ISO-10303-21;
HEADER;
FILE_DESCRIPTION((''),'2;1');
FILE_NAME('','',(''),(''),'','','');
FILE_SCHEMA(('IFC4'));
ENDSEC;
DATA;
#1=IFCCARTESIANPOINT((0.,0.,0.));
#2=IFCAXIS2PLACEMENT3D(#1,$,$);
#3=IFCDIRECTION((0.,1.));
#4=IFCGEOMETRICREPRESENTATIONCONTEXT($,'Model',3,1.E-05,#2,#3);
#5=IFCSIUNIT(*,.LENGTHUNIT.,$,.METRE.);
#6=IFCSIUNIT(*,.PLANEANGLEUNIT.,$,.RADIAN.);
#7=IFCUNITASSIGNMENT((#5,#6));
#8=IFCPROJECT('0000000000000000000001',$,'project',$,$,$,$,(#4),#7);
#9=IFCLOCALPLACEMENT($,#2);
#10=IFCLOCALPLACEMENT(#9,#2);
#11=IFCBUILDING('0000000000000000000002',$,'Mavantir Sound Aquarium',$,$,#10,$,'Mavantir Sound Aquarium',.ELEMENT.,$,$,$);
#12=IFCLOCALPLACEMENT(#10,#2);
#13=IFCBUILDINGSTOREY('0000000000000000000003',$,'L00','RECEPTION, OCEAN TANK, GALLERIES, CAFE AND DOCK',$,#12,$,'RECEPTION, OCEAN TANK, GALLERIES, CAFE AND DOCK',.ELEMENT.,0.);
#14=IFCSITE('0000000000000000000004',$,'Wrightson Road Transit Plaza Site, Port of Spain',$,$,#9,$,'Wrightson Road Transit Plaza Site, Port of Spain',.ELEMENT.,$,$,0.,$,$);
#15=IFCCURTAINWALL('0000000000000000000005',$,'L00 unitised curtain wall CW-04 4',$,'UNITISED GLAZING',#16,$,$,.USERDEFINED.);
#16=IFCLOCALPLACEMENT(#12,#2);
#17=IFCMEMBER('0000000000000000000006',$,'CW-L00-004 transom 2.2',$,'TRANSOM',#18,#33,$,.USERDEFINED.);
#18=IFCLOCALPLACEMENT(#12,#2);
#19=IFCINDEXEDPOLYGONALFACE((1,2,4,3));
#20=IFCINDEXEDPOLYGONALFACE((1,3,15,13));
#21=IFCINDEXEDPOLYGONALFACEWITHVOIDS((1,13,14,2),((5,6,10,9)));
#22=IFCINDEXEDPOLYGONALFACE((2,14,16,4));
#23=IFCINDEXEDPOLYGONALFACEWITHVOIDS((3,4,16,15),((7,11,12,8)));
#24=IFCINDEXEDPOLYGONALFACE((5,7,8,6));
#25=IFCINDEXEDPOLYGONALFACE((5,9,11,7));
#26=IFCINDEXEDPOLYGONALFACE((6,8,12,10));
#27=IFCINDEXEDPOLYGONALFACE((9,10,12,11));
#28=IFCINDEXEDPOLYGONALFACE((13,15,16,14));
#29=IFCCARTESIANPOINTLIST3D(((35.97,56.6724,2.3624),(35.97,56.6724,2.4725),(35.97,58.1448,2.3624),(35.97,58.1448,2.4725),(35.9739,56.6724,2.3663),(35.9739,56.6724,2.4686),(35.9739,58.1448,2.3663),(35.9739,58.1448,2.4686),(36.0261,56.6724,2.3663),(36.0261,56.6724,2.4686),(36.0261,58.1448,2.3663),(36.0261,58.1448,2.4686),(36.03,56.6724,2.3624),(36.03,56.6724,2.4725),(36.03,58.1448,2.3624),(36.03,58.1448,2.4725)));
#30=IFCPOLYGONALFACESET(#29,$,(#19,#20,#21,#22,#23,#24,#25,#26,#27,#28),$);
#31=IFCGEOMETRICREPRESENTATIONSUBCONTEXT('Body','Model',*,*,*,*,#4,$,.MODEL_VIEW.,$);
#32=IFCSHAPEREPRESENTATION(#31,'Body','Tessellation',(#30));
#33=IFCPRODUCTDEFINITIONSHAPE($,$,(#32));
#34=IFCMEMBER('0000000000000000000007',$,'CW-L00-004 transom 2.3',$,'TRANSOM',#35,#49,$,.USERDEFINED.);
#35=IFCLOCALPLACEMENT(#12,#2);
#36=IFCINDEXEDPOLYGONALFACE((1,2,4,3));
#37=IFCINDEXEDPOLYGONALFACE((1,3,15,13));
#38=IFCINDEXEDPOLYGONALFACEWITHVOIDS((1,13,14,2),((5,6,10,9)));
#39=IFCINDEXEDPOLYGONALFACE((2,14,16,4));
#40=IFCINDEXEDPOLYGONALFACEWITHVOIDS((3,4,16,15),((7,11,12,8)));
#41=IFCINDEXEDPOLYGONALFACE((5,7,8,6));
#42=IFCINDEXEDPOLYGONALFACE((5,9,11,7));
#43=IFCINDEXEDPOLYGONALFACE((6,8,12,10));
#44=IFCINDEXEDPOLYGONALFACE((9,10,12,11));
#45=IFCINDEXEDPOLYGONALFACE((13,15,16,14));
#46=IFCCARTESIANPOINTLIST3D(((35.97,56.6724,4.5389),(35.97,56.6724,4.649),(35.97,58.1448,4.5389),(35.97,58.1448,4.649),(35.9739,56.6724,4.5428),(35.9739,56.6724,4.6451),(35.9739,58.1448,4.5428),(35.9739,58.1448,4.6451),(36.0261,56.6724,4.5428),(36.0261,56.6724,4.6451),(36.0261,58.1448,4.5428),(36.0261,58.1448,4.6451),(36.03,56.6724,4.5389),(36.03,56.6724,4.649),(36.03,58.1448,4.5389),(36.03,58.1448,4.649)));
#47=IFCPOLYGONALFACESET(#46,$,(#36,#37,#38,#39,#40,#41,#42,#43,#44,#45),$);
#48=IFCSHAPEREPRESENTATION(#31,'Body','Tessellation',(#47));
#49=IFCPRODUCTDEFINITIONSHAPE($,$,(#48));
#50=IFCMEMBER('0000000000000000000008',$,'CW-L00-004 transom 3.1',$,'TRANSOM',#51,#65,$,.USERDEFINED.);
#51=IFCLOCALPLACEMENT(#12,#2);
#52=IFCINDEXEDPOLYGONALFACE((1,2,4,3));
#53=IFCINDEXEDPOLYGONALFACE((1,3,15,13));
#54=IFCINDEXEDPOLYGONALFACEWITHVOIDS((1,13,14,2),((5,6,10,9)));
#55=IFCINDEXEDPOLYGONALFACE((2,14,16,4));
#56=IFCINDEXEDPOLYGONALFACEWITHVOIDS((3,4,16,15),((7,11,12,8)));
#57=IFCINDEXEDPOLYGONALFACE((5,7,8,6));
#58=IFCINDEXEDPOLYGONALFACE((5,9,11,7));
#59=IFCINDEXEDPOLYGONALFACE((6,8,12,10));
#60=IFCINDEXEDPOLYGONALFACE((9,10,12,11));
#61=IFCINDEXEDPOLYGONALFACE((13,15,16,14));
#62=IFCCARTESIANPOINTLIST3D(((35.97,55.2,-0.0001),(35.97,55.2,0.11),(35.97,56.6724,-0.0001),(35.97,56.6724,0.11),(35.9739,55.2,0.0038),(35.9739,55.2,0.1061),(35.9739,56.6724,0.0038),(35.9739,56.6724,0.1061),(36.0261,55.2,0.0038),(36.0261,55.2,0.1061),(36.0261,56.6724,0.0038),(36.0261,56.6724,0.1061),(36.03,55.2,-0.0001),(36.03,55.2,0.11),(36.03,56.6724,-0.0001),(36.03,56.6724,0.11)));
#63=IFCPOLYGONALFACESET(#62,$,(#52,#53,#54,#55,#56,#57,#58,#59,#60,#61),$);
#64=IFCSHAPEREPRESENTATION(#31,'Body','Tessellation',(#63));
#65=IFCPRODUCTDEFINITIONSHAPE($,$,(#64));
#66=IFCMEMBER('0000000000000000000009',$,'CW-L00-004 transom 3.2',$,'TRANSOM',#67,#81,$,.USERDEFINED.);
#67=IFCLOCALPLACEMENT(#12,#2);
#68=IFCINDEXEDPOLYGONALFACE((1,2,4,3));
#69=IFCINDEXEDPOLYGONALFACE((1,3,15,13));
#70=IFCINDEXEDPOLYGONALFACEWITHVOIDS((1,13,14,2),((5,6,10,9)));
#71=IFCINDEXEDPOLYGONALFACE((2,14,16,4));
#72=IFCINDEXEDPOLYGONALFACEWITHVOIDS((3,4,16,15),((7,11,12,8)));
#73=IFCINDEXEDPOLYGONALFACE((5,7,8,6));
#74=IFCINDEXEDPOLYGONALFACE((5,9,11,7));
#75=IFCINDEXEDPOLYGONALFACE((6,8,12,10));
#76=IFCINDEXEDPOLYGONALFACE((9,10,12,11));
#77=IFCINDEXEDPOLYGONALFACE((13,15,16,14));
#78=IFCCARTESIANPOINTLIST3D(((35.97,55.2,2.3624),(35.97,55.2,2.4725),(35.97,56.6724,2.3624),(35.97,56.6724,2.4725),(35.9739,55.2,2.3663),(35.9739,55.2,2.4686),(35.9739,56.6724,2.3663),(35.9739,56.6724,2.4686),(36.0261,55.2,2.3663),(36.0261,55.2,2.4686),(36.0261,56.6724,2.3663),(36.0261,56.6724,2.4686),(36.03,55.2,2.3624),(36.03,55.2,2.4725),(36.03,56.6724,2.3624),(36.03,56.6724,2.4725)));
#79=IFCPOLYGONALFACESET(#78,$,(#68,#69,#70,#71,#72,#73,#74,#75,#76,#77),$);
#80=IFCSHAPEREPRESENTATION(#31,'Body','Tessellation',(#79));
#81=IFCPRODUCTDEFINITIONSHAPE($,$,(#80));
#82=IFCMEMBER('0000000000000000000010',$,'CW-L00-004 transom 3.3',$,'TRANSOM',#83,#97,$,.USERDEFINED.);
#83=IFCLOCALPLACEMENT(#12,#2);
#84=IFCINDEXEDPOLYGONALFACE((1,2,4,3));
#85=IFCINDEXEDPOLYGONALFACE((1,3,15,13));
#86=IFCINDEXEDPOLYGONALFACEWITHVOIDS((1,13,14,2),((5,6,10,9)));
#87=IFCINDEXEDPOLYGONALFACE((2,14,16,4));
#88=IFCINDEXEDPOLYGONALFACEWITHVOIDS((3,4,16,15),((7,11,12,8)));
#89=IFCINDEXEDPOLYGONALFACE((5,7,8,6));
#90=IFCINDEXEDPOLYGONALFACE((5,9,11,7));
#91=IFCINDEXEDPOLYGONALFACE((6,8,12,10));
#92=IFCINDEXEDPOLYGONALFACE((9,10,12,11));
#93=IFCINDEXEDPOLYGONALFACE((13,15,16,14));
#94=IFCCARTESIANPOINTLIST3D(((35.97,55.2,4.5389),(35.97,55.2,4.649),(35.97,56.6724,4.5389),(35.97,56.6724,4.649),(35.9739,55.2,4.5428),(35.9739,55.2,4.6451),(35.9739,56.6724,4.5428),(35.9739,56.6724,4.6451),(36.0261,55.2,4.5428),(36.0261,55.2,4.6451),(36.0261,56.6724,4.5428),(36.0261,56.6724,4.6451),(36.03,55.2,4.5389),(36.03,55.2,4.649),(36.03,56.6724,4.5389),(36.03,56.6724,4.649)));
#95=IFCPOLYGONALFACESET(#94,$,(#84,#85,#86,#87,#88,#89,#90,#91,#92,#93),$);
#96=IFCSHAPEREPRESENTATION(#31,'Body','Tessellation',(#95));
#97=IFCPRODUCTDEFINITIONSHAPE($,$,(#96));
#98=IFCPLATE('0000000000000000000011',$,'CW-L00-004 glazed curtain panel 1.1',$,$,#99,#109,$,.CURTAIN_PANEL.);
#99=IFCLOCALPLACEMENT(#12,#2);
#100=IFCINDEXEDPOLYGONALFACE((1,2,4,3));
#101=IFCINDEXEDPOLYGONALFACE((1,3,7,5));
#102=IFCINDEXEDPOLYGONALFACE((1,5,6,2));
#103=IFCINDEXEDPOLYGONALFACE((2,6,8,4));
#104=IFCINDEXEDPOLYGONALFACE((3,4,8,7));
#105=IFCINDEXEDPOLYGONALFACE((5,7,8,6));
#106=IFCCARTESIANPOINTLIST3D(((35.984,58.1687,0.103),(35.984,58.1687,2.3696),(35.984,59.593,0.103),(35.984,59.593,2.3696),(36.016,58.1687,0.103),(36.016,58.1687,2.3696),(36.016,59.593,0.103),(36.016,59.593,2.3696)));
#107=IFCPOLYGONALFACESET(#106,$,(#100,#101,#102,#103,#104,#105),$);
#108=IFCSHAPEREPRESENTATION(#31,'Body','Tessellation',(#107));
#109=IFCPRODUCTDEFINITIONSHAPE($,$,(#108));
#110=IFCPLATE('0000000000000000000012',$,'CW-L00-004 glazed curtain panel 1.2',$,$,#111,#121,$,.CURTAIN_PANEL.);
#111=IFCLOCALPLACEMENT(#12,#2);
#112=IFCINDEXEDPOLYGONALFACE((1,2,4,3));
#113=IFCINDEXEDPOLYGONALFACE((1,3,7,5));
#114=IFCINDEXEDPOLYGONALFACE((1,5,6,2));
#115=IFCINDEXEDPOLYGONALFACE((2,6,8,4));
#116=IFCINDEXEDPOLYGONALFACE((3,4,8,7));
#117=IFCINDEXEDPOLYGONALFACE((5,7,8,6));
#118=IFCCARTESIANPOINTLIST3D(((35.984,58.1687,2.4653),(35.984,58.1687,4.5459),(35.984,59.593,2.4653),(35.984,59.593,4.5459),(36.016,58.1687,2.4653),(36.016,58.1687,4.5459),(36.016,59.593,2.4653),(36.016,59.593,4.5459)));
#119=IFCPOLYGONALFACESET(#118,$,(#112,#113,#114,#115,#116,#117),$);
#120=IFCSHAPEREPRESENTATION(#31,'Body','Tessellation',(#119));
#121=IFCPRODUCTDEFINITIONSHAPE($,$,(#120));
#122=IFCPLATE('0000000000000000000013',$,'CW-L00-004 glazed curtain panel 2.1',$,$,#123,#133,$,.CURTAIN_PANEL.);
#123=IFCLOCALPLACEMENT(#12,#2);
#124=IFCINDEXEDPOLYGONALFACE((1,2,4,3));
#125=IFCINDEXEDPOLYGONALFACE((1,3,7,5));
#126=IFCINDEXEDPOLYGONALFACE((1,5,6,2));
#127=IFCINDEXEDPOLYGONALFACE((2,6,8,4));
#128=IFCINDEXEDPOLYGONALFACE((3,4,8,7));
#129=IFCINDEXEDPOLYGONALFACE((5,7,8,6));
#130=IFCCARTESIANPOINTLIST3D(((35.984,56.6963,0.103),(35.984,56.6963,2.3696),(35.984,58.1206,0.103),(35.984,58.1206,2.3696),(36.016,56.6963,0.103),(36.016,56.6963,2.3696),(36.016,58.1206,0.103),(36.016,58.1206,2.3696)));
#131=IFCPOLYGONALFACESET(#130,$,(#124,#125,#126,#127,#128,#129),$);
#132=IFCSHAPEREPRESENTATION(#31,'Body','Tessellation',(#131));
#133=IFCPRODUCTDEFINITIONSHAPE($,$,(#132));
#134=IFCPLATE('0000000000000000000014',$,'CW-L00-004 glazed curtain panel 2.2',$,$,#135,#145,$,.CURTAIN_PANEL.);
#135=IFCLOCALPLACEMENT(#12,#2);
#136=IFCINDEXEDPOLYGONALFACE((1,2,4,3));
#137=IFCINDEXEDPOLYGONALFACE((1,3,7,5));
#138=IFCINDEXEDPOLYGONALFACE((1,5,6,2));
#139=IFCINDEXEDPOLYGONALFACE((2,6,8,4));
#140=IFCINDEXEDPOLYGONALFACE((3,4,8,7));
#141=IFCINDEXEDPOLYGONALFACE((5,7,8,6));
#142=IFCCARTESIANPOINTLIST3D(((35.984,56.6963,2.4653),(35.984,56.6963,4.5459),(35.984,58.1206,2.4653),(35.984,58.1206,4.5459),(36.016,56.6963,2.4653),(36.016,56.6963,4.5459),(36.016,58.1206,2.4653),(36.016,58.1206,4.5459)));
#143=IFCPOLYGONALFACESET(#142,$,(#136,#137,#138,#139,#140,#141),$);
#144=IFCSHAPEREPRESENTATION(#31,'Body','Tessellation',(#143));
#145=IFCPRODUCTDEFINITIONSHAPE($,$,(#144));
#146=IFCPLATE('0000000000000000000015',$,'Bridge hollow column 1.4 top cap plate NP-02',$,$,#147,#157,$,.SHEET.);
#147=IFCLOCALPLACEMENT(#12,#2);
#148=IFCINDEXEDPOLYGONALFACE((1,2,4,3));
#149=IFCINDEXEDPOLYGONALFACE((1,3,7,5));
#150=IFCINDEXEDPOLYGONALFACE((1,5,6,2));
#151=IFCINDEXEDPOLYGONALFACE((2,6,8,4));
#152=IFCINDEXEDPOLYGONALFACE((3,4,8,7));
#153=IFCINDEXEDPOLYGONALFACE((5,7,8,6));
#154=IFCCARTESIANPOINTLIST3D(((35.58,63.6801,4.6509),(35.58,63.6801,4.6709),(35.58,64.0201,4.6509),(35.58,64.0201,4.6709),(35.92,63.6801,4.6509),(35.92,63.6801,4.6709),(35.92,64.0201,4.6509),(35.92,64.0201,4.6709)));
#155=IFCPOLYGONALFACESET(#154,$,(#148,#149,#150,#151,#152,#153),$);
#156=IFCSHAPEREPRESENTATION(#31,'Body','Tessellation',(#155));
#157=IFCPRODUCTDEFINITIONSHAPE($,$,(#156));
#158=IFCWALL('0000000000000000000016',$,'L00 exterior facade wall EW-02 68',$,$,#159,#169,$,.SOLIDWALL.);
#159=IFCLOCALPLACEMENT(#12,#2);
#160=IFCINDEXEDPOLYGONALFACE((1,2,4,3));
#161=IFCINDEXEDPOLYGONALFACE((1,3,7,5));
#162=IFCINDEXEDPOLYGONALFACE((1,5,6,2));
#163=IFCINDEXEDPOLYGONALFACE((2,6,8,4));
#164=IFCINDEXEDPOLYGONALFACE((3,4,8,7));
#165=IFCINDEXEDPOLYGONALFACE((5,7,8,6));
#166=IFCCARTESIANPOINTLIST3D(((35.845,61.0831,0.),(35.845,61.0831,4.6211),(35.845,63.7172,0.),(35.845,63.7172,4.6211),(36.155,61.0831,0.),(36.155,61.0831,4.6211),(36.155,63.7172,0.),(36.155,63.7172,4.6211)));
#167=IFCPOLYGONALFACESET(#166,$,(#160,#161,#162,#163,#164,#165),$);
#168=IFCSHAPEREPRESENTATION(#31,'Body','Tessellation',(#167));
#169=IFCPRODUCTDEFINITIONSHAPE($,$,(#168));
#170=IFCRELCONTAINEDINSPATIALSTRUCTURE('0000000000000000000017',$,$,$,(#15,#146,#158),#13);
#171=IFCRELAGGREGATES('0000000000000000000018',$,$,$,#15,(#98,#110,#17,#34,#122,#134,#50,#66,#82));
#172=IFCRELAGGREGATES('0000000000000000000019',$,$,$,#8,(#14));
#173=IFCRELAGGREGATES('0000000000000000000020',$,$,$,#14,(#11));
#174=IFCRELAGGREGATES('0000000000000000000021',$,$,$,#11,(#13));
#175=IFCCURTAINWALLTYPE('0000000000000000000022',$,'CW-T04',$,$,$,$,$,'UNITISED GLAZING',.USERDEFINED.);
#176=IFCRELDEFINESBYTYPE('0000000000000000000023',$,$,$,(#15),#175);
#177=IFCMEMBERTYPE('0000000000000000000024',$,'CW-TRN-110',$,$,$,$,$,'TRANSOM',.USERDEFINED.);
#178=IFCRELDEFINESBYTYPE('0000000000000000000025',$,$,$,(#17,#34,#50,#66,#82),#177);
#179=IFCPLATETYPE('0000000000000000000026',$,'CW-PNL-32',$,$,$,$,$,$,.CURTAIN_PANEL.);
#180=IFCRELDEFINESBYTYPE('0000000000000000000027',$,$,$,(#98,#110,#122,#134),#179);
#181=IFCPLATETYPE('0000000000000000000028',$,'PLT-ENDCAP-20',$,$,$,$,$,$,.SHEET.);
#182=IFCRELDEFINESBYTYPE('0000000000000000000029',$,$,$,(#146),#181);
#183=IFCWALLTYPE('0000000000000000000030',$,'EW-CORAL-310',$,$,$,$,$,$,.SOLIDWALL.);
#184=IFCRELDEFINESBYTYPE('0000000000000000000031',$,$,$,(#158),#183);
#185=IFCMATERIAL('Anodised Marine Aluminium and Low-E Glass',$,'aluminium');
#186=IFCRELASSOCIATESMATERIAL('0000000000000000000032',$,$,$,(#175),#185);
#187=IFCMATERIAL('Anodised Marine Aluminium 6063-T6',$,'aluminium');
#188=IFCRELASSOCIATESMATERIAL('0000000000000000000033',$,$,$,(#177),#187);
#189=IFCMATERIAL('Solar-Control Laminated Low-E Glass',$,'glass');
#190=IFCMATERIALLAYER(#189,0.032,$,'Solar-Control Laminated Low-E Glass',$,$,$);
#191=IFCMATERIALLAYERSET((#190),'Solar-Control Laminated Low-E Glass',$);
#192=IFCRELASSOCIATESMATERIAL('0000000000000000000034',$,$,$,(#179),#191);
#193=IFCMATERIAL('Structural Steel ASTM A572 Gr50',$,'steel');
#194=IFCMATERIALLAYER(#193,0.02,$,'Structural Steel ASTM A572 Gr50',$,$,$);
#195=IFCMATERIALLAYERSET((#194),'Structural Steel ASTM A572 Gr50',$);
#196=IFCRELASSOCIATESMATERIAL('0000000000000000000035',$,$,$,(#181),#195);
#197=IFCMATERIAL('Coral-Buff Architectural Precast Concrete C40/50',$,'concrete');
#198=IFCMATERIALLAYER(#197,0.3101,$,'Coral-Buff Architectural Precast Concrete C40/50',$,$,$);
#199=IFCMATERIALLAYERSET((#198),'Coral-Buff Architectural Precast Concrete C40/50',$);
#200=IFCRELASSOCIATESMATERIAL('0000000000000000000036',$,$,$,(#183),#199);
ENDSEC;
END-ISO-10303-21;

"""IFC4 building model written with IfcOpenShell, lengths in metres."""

from ifc_helpers import new_model, si_unit, direction, frame, frame_2d, origin, origin_2d, place, context, subcontext, project, spatial, rectangle, hollow_rectangle, extrude, material, layer, layer_set, material_profile, profile_set, type_object, element, aggregate, save


model = new_model("IFC4")

# Units and contexts
model_context = context("Model", 3, precision=1e-05, world=origin(), true_north=direction((0.0, 1.0)))
body_context = subcontext(model_context, "Body", "Model", "MODEL_VIEW")
ifc_project = project(units=[si_unit("LENGTHUNIT", "METRE"), si_unit("PLANEANGLEUNIT", "RADIAN")], contexts=[model_context])

# Site, building, storey
site_placement = place(None, origin())
site = spatial("IfcSite", under=ifc_project, at=site_placement, Name="Wrightson Road Transit Plaza Site, Port of Spain", LongName="Wrightson Road Transit Plaza Site, Port of Spain", CompositionType="ELEMENT", RefElevation=0.0)
building_placement = place(site_placement, origin())
building = spatial("IfcBuilding", under=site, at=building_placement, Name="Mavantir Sound Aquarium", LongName="Mavantir Sound Aquarium", CompositionType="ELEMENT")
storey_placement = place(building_placement, origin())
storey = spatial("IfcBuildingStorey", under=building, at=storey_placement, Name="L00", Description="RECEPTION, OCEAN TANK, GALLERIES, CAFE AND DOCK", LongName="RECEPTION, OCEAN TANK, GALLERIES, CAFE AND DOCK", CompositionType="ELEMENT", Elevation=0.0)

# Shared definitions
ifc_material_1 = material(Name="Anodised Marine Aluminium and Low-E Glass", Category="aluminium")
ifc_material_2 = material(Name="Anodised Marine Aluminium 6063-T6", Category="aluminium")

# Curtain wall, members, plates
curtain_wall_type_1 = type_object("IfcCurtainWallType", Name="CW-T04", ElementType="UNITISED GLAZING", PredefinedType="USERDEFINED", material=ifc_material_1)
curtain_wall_1_placement = place(storey_placement, origin())
curtain_wall_1 = element("IfcCurtainWall", 1, at=curtain_wall_1_placement, inside=storey, type_object=curtain_wall_type_1, Name="L00 unitised curtain wall CW-04 4", ObjectType="UNITISED GLAZING", PredefinedType="USERDEFINED")
ifc_material_profile_1 = material_profile(ifc_material_2, hollow_rectangle(XDim=0.0601, YDim=0.1101, WallThickness=0.0039, at=origin_2d()), Name="ALU-TRANSOM-110X60")
ifc_profile_set_1 = profile_set([ifc_material_profile_1], Name="Anodised Marine Aluminium 6063-T6")
member_type_1 = type_object("IfcMemberType", Name="CW-TRN-110", ElementType="TRANSOM", PredefinedType="USERDEFINED", material=ifc_profile_set_1)
member_1_placement = place(storey_placement, frame((36.0, 58.1448, 2.4175), z_axis=(0.0, -1.0, 0.0), x_axis=(1.0, 0.0, 0.0)))
member_1 = element("IfcMember", 2, at=member_1_placement, type_object=member_type_1, Name="CW-L00-004 transom 2.2", ObjectType="TRANSOM", PredefinedType="USERDEFINED", context=body_context, shape_type="SweptSolid", body=[
    extrude(hollow_rectangle(XDim=0.0601, YDim=0.1101, WallThickness=0.0039, at=origin_2d()), origin(), (0.0, 0.0, 1.0), 1.4724),
])
member_2_placement = place(storey_placement, frame((36.0, 58.1448, 4.594), z_axis=(0.0, -1.0, 0.0), x_axis=(1.0, 0.0, 0.0)))
member_2 = element("IfcMember", 3, at=member_2_placement, type_object=member_type_1, Name="CW-L00-004 transom 2.3", ObjectType="TRANSOM", PredefinedType="USERDEFINED", context=body_context, shape_type="SweptSolid", body=[
    extrude(hollow_rectangle(XDim=0.0601, YDim=0.1101, WallThickness=0.0039, at=origin_2d()), origin(), (0.0, 0.0, 1.0), 1.4724),
])
member_3_placement = place(storey_placement, frame((36.0, 56.6724, 0.0549), z_axis=(0.0, -1.0, 0.0), x_axis=(1.0, 0.0, 0.0)))
member_3 = element("IfcMember", 4, at=member_3_placement, type_object=member_type_1, Name="CW-L00-004 transom 3.1", ObjectType="TRANSOM", PredefinedType="USERDEFINED", context=body_context, shape_type="SweptSolid", body=[
    extrude(hollow_rectangle(XDim=0.0601, YDim=0.1101, WallThickness=0.0039, at=origin_2d()), origin(), (0.0, 0.0, 1.0), 1.4724),
])
member_4_placement = place(storey_placement, frame((36.0, 56.6724, 2.4175), z_axis=(0.0, -1.0, 0.0), x_axis=(1.0, 0.0, 0.0)))
member_4 = element("IfcMember", 5, at=member_4_placement, type_object=member_type_1, Name="CW-L00-004 transom 3.2", ObjectType="TRANSOM", PredefinedType="USERDEFINED", context=body_context, shape_type="SweptSolid", body=[
    extrude(hollow_rectangle(XDim=0.0601, YDim=0.1101, WallThickness=0.0039, at=origin_2d()), origin(), (0.0, 0.0, 1.0), 1.4724),
])
member_5_placement = place(storey_placement, frame((36.0, 56.6724, 4.594), z_axis=(0.0, -1.0, 0.0), x_axis=(1.0, 0.0, 0.0)))
member_5 = element("IfcMember", 6, at=member_5_placement, type_object=member_type_1, Name="CW-L00-004 transom 3.3", ObjectType="TRANSOM", PredefinedType="USERDEFINED", context=body_context, shape_type="SweptSolid", body=[
    extrude(hollow_rectangle(XDim=0.0601, YDim=0.1101, WallThickness=0.0039, at=origin_2d()), origin(), (0.0, 0.0, 1.0), 1.4724),
])
ifc_material_3 = material(Name="Solar-Control Laminated Low-E Glass", Category="glass")
ifc_layer_1 = layer(ifc_material_3, 0.032, Name="Solar-Control Laminated Low-E Glass")
ifc_layer_set_1 = layer_set([ifc_layer_1], Name="Solar-Control Laminated Low-E Glass")
plate_type_1 = type_object("IfcPlateType", Name="CW-PNL-32", PredefinedType="CURTAIN_PANEL", material=ifc_layer_set_1)
plate_1_placement = place(storey_placement, frame((36.0, 58.8809, 0.103), z_axis=(0.0, 0.0, 1.0), x_axis=(0.0, -1.0, 0.0)))
plate_1 = element("IfcPlate", 7, at=plate_1_placement, type_object=plate_type_1, Name="CW-L00-004 glazed curtain panel 1.1", PredefinedType="CURTAIN_PANEL", context=body_context, shape_type="SweptSolid", body=[
    extrude(rectangle(XDim=1.4243, YDim=0.032, at=origin_2d()), origin(), (0.0, 0.0, 1.0), 2.2666),
])
plate_2_placement = place(storey_placement, frame((36.0, 58.8809, 2.4653), z_axis=(0.0, 0.0, 1.0), x_axis=(0.0, -1.0, 0.0)))
plate_2 = element("IfcPlate", 8, at=plate_2_placement, type_object=plate_type_1, Name="CW-L00-004 glazed curtain panel 1.2", PredefinedType="CURTAIN_PANEL", context=body_context, shape_type="SweptSolid", body=[
    extrude(rectangle(XDim=1.4243, YDim=0.032, at=origin_2d()), origin(), (0.0, 0.0, 1.0), 2.0806),
])
plate_3_placement = place(storey_placement, frame((36.0, 57.4084, 0.103), z_axis=(0.0, 0.0, 1.0), x_axis=(0.0, -1.0, 0.0)))
plate_3 = element("IfcPlate", 9, at=plate_3_placement, type_object=plate_type_1, Name="CW-L00-004 glazed curtain panel 2.1", PredefinedType="CURTAIN_PANEL", context=body_context, shape_type="SweptSolid", body=[
    extrude(rectangle(XDim=1.4243, YDim=0.032, at=origin_2d()), origin(), (0.0, 0.0, 1.0), 2.2666),
])
plate_4_placement = place(storey_placement, frame((36.0, 57.4084, 2.4653), z_axis=(0.0, 0.0, 1.0), x_axis=(0.0, -1.0, 0.0)))
plate_4 = element("IfcPlate", 10, at=plate_4_placement, type_object=plate_type_1, Name="CW-L00-004 glazed curtain panel 2.2", PredefinedType="CURTAIN_PANEL", context=body_context, shape_type="SweptSolid", body=[
    extrude(rectangle(XDim=1.4243, YDim=0.032, at=origin_2d()), origin(), (0.0, 0.0, 1.0), 2.0806),
])
aggregate(curtain_wall_1, [plate_1, plate_2, member_1, member_2, plate_3, plate_4, member_3, member_4, member_5])

# Plate
ifc_material_4 = material(Name="Structural Steel ASTM A572 Gr50", Category="steel")
ifc_layer_2 = layer(ifc_material_4, 0.02, Name="Structural Steel ASTM A572 Gr50")
ifc_layer_set_2 = layer_set([ifc_layer_2], Name="Structural Steel ASTM A572 Gr50")
plate_type_2 = type_object("IfcPlateType", Name="PLT-ENDCAP-20", PredefinedType="SHEET", material=ifc_layer_set_2)
plate_5_placement = place(storey_placement, frame((35.75, 63.8501, 4.6509), z_axis=(0.0, 0.0, 1.0), x_axis=(1.0, 0.0, 0.0)))
element("IfcPlate", 11, at=plate_5_placement, inside=storey, type_object=plate_type_2, Name="Bridge hollow column 1.4 top cap plate NP-02", PredefinedType="SHEET", context=body_context, shape_type="SweptSolid", body=[
    extrude(rectangle(XDim=0.3401, YDim=0.3401, at=origin_2d()), origin(), (0.0, 0.0, 1.0), 0.02),
])

# Wall
ifc_material_5 = material(Name="Coral-Buff Architectural Precast Concrete C40/50", Category="concrete")
ifc_layer_3 = layer(ifc_material_5, 0.3101, Name="Coral-Buff Architectural Precast Concrete C40/50")
ifc_layer_set_3 = layer_set([ifc_layer_3], Name="Coral-Buff Architectural Precast Concrete C40/50")
wall_type_1 = type_object("IfcWallType", Name="EW-CORAL-310", PredefinedType="SOLIDWALL", material=ifc_layer_set_3)
wall_1_placement = place(storey_placement, frame((36.0, 63.717, 0.0), z_axis=(0.0, 0.0, 1.0), x_axis=(0.0, -1.0, 0.0)))
element("IfcWall", 12, at=wall_1_placement, inside=storey, type_object=wall_type_1, Name="L00 exterior facade wall EW-02 68", PredefinedType="SOLIDWALL", context=body_context, shape_type="SweptSolid", body=[
    extrude(rectangle(XDim=2.634, YDim=0.3101, at=frame_2d((1.3169, 0.0))), origin(), (0.0, 0.0, 1.0), 4.6211),
])

save(model, "model.ifc")
